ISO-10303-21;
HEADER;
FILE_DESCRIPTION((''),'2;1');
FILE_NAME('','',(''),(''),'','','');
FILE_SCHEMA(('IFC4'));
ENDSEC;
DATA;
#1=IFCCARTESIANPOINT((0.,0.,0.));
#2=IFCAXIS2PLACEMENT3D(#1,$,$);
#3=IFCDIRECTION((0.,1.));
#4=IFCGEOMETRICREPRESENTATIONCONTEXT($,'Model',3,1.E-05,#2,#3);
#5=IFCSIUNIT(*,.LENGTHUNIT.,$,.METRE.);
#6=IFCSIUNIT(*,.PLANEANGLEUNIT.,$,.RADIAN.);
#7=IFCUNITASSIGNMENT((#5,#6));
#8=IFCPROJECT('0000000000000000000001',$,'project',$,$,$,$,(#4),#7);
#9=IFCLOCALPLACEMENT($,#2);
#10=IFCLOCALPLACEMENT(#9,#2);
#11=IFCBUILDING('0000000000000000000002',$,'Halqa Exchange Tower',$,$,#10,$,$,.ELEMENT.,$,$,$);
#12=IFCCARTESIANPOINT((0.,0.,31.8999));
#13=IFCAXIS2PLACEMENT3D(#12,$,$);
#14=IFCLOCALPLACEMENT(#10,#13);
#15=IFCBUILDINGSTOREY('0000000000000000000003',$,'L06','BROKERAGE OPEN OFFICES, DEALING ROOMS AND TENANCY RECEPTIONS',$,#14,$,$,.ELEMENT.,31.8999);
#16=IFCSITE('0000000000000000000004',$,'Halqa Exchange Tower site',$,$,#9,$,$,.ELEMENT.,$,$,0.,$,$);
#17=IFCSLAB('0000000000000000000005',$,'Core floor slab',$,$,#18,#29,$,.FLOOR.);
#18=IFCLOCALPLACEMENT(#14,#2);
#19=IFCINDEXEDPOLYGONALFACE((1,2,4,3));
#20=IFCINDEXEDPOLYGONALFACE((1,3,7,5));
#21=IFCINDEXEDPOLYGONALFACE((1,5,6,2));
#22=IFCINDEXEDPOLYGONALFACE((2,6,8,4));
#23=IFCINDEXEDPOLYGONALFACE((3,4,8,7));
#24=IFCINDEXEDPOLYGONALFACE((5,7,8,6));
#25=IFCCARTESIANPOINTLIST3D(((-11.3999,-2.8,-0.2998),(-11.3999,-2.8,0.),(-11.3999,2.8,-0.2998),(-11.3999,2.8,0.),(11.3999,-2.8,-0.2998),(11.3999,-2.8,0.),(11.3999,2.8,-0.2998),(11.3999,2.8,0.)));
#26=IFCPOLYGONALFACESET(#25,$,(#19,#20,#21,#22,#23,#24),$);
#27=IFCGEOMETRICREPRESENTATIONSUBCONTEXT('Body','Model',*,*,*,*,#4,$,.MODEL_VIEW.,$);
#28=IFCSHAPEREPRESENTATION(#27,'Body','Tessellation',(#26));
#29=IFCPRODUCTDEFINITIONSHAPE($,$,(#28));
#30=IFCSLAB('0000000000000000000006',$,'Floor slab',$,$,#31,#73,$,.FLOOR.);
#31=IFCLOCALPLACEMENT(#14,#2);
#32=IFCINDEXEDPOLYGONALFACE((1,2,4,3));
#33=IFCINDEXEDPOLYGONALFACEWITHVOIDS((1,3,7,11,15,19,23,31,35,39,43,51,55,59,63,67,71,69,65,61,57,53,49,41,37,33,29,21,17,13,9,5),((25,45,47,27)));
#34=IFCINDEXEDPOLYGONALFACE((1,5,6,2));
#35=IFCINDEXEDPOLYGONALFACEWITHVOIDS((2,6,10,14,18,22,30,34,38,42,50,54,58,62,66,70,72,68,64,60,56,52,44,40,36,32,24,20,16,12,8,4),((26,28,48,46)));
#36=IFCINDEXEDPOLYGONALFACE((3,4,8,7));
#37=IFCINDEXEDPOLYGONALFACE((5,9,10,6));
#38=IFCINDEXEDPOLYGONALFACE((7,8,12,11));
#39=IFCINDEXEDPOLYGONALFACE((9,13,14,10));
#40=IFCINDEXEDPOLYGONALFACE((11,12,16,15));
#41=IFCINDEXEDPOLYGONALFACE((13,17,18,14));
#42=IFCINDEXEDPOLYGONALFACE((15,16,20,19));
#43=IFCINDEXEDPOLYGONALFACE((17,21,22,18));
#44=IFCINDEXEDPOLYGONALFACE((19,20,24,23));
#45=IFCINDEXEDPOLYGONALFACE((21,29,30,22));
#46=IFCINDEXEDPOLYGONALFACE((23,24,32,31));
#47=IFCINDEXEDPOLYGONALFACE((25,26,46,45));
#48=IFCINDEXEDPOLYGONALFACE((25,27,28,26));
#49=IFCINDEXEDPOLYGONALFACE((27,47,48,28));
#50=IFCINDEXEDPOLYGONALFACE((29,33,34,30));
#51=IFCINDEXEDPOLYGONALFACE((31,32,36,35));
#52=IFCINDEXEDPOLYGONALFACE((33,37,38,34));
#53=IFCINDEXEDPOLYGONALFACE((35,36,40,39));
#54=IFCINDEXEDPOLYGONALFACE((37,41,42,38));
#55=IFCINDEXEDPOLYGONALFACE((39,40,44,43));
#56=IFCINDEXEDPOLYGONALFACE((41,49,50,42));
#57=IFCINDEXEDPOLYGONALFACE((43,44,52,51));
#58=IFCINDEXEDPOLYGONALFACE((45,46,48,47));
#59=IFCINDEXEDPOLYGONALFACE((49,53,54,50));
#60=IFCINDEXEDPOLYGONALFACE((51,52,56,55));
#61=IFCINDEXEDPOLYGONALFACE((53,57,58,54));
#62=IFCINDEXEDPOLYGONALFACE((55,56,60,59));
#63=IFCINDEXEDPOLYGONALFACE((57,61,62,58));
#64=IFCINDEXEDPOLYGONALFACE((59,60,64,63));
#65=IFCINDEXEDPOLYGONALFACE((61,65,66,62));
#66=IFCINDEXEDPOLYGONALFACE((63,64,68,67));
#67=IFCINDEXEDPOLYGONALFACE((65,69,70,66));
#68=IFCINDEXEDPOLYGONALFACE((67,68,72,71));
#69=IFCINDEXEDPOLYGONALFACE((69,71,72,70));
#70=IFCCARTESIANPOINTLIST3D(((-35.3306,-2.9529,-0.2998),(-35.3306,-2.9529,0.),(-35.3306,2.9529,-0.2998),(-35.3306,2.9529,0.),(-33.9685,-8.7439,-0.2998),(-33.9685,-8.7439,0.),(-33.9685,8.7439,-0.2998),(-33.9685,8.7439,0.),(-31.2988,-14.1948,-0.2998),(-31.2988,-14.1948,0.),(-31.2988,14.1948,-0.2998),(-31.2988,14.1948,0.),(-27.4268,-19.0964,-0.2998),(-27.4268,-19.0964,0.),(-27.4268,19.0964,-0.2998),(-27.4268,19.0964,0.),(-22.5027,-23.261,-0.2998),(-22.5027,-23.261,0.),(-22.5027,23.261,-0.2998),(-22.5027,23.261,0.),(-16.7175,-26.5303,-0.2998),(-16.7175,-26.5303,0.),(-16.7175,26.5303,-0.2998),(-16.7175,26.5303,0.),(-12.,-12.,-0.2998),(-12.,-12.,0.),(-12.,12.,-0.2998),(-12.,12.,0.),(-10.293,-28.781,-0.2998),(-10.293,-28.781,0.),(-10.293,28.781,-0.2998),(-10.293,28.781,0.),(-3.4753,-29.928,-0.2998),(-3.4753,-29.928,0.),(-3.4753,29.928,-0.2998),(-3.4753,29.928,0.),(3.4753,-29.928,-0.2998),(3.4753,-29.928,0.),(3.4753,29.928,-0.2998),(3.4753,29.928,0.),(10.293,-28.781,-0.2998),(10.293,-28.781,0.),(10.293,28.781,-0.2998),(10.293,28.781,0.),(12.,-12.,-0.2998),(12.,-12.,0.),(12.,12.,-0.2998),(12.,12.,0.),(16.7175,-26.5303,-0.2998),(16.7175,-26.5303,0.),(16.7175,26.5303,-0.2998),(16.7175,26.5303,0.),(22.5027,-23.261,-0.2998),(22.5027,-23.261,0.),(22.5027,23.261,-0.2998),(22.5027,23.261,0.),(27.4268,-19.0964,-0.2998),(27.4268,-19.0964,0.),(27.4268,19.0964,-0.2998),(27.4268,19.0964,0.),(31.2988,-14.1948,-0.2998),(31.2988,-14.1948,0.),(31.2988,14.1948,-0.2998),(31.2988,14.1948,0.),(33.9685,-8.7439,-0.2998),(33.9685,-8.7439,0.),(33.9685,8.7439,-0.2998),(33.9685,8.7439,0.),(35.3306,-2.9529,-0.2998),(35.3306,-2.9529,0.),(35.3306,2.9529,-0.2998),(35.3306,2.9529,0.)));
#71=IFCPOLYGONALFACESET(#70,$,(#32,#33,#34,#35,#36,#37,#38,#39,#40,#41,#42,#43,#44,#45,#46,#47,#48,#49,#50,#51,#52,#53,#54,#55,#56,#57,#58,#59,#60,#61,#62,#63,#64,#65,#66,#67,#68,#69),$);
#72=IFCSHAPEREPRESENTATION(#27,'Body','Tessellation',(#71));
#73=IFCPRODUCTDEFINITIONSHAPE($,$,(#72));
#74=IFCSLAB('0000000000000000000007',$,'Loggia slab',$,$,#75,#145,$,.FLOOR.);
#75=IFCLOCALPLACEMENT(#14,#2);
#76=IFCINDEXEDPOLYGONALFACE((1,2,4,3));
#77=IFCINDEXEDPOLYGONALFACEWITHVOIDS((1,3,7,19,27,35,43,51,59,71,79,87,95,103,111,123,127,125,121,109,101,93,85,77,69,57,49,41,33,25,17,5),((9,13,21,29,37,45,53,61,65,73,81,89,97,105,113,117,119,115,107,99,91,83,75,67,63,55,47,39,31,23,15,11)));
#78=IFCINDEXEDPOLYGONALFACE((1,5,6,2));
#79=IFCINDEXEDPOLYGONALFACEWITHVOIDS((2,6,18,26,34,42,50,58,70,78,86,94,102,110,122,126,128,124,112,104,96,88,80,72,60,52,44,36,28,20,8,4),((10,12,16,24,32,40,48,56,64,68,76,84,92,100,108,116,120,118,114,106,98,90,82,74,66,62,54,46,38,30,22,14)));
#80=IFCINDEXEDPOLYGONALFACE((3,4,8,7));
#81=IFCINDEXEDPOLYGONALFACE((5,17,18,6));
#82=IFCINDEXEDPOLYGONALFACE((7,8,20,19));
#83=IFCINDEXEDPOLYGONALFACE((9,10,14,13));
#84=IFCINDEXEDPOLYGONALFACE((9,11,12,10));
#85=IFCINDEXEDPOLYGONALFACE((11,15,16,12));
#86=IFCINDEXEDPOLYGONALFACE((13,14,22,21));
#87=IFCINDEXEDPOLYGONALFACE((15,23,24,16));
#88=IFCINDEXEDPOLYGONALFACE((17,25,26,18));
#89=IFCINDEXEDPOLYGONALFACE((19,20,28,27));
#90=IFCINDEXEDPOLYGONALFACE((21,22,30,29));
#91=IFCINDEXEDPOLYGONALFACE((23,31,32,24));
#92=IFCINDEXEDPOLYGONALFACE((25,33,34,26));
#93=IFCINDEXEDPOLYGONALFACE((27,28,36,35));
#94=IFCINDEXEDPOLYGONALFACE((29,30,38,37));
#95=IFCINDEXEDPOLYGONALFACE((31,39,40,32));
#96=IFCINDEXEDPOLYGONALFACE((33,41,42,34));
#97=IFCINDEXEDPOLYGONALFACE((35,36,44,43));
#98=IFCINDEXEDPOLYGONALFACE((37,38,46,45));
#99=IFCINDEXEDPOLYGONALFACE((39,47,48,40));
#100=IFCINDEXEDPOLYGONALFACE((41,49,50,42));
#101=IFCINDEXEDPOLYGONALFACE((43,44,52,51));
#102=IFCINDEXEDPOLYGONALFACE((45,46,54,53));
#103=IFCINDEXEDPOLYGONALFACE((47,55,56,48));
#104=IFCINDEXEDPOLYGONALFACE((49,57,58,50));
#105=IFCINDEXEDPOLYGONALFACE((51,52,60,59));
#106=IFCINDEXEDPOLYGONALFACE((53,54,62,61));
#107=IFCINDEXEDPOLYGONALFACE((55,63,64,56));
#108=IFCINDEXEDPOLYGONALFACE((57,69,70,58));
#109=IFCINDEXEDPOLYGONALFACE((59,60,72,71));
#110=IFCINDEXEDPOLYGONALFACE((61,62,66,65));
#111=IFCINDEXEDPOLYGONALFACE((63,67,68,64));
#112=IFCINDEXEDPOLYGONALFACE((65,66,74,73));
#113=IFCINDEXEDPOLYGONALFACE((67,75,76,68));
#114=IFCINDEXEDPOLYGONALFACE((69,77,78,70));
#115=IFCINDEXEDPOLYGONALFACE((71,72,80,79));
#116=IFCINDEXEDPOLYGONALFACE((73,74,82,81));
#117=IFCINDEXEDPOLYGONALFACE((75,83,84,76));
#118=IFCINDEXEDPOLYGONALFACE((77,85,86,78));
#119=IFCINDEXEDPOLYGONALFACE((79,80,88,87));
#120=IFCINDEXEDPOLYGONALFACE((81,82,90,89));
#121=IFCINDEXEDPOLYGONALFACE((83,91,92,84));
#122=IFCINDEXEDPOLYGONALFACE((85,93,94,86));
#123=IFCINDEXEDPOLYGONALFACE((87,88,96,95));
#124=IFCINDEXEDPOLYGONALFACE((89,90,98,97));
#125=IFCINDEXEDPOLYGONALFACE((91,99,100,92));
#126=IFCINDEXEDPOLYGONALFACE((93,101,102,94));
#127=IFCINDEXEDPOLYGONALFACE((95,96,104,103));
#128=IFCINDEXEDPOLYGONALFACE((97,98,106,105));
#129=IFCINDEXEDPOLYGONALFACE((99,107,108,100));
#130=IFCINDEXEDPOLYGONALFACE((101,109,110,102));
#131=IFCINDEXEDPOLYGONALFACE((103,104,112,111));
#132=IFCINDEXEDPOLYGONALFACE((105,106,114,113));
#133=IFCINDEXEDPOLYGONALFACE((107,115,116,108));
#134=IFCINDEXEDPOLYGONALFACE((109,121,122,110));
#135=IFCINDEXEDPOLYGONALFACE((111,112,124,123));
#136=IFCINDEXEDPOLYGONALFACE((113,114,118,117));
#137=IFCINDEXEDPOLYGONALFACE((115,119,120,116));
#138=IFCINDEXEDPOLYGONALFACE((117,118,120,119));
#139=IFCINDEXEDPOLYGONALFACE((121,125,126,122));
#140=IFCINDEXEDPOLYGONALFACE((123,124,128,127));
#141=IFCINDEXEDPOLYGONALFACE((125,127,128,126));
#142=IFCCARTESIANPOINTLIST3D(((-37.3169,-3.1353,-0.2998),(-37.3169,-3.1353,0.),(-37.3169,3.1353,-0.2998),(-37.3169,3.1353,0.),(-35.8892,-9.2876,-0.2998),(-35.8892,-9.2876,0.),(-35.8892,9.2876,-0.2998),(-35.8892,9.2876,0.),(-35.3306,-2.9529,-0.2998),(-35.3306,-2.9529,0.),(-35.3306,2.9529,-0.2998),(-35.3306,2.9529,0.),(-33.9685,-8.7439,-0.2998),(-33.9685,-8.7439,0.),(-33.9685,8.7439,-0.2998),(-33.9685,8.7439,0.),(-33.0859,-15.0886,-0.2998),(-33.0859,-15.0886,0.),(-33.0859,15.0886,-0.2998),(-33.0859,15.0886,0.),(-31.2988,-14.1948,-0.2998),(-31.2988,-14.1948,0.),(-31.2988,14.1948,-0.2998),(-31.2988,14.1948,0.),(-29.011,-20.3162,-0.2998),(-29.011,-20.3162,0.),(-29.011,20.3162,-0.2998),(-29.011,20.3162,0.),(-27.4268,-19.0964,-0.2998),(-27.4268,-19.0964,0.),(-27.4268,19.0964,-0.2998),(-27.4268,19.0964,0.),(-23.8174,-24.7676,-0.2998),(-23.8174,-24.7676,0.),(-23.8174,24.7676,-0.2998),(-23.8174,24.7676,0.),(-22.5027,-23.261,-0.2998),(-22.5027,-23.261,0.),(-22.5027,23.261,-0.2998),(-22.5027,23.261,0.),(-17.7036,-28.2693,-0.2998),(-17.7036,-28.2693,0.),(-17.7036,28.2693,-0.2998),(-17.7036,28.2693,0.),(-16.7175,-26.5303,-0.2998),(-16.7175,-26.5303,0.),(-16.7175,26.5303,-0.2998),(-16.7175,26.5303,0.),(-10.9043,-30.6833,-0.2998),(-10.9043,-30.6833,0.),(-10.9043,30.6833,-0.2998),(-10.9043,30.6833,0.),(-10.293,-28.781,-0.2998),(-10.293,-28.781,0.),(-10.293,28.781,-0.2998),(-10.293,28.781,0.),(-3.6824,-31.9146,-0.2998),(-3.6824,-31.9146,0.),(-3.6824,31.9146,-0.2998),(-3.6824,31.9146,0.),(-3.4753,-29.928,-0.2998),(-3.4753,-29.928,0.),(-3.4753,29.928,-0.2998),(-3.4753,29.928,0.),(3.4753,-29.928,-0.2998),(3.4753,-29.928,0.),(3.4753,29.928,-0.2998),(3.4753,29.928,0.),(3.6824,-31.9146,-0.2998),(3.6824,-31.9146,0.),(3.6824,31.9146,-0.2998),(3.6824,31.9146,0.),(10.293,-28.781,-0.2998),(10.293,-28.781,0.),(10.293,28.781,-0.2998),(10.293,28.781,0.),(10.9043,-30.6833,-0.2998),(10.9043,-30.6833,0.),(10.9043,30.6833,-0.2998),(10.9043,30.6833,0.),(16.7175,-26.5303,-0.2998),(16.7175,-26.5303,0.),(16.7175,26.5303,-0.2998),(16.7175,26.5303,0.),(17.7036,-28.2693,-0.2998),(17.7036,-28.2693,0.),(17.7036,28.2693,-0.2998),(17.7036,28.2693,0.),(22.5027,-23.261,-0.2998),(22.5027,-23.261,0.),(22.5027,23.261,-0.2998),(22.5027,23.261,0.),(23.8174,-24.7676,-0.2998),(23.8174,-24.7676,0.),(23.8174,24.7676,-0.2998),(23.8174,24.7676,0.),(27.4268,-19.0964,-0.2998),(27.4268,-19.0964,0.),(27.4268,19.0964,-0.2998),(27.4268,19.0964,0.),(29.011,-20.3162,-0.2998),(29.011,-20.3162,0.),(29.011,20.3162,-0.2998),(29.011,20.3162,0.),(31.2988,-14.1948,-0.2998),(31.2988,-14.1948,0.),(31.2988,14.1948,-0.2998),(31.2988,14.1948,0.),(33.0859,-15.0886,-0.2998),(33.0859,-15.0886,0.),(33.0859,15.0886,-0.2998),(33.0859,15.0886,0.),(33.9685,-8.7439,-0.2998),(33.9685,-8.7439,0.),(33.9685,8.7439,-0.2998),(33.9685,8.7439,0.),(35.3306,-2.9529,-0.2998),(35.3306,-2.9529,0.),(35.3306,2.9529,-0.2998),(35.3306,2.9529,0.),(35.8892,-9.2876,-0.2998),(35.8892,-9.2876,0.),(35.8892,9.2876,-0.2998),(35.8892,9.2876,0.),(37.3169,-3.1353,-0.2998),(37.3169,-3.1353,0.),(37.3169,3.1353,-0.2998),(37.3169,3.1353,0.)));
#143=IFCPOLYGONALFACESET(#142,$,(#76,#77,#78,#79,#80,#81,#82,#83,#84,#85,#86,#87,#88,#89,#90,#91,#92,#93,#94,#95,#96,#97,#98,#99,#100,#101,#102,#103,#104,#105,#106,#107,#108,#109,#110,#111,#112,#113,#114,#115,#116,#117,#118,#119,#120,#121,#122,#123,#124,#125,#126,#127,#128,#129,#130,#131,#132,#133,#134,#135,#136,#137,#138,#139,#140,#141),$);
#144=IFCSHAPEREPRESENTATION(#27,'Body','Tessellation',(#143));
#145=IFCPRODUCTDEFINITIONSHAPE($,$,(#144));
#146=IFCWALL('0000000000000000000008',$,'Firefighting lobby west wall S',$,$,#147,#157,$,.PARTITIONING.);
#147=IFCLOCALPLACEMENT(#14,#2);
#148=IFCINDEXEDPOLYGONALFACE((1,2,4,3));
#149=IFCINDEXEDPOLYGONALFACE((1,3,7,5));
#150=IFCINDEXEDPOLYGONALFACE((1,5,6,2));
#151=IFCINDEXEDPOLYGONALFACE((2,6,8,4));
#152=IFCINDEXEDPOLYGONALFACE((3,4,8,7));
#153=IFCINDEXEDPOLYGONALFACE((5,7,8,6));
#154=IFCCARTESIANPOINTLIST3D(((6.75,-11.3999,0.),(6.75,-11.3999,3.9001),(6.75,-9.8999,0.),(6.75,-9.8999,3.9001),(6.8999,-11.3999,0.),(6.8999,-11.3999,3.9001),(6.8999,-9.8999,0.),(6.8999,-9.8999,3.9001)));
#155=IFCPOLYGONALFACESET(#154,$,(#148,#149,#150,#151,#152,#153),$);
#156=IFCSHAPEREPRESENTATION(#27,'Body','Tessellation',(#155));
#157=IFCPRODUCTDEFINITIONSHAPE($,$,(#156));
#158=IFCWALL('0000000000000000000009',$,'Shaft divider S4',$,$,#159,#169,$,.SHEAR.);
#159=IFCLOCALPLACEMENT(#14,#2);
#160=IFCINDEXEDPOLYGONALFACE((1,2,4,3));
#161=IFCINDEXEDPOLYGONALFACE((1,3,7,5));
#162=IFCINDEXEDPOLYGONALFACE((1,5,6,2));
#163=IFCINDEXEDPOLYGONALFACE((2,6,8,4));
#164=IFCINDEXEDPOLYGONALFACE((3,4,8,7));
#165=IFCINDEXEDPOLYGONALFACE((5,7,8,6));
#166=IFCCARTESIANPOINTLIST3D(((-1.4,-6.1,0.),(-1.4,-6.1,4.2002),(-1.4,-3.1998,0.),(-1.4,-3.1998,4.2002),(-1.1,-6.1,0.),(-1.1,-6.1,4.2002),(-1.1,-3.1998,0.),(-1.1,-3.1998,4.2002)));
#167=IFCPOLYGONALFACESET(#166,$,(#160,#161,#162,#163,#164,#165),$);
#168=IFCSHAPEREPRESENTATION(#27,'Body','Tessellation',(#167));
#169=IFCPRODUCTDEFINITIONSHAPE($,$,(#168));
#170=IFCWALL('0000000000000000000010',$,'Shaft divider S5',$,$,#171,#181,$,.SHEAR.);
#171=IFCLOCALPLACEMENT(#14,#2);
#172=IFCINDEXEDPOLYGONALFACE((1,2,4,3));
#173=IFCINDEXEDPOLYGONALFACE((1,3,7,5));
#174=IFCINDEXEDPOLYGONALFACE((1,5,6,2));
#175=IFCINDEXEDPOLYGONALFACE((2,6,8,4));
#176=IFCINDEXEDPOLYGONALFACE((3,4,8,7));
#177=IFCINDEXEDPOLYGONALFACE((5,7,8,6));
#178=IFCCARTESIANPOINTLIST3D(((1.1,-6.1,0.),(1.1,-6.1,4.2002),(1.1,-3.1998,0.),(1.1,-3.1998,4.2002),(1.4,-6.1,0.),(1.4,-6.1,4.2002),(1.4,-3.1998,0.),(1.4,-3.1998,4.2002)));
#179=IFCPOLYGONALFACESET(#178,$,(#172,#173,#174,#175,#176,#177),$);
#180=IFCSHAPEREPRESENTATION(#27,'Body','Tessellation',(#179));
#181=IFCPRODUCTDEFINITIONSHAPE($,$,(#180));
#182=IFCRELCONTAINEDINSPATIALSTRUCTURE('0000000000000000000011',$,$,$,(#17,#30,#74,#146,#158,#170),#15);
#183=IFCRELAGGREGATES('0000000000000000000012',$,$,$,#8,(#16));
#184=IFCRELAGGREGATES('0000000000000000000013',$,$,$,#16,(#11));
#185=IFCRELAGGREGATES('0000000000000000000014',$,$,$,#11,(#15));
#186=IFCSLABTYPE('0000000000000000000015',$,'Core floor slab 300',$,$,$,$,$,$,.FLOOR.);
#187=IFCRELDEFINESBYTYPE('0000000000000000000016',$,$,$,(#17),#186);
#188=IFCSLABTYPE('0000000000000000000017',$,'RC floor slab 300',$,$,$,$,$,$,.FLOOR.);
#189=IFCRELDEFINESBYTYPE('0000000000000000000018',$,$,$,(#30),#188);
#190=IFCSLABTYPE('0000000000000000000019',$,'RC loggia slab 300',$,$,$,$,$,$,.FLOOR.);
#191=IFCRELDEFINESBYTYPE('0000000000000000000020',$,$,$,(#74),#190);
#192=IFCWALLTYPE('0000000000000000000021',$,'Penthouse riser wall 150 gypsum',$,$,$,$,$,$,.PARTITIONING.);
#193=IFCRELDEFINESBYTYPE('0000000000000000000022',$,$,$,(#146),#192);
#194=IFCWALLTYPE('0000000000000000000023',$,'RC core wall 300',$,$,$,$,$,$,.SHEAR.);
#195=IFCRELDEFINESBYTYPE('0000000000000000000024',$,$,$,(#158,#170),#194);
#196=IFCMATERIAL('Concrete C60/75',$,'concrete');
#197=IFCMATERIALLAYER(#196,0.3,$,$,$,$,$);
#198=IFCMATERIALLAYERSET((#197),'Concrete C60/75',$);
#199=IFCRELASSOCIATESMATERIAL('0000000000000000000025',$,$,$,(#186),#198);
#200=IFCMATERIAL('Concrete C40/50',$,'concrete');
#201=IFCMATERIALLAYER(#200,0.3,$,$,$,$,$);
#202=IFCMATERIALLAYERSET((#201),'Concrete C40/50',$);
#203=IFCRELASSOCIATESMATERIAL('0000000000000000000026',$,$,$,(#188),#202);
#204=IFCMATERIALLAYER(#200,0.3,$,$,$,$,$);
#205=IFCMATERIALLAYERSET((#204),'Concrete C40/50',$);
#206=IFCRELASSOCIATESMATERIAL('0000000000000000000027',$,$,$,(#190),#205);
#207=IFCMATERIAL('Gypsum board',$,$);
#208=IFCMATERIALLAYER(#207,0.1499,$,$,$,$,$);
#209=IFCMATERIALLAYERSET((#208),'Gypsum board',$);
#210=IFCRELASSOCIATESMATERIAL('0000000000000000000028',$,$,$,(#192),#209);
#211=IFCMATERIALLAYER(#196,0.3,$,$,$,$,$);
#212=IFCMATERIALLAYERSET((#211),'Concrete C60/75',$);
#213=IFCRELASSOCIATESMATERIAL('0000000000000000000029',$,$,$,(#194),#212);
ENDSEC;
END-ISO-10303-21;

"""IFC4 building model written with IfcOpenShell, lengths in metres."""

from ifc_helpers import new_model, si_unit, direction, frame, frame_2d, origin, place, context, subcontext, project, spatial, polyline, rectangle, outline, extrude, material, layer, layer_set, type_object, element, save


model = new_model("IFC4")

# Units and contexts
model_context = context("Model", 3, precision=1e-05, world=origin(), true_north=direction((0.0, 1.0)))
body_context = subcontext(model_context, "Body", "Model", "MODEL_VIEW")
ifc_project = project(units=[si_unit("LENGTHUNIT", "METRE"), si_unit("PLANEANGLEUNIT", "RADIAN")], contexts=[model_context])

# Site, building, storey
site_placement = place(None, origin())
site = spatial("IfcSite", under=ifc_project, at=site_placement, Name="Halqa Exchange Tower site", CompositionType="ELEMENT", RefElevation=0.0)
building_placement = place(site_placement, origin())
building = spatial("IfcBuilding", under=site, at=building_placement, Name="Halqa Exchange Tower", CompositionType="ELEMENT")
storey_placement = place(building_placement, frame((0.0, 0.0, 31.8999)))
storey = spatial("IfcBuildingStorey", under=building, at=storey_placement, Name="L06", Description="BROKERAGE OPEN OFFICES, DEALING ROOMS AND TENANCY RECEPTIONS", CompositionType="ELEMENT", Elevation=31.8999)

# Slabs
ifc_material_1 = material(Name="Concrete C60/75", Category="concrete")
ifc_layer_1 = layer(ifc_material_1, 0.3)
ifc_layer_set_1 = layer_set([ifc_layer_1], Name="Concrete C60/75")
slab_type_1 = type_object("IfcSlabType", Name="Core floor slab 300", PredefinedType="FLOOR", material=ifc_layer_set_1)
slab_1_placement = place(storey_placement, frame((0.0, 0.0, -0.2998)))
element("IfcSlab", 1, at=slab_1_placement, inside=storey, type_object=slab_type_1, Name="Core floor slab", PredefinedType="FLOOR", context=body_context, shape_type="SweptSolid", body=[
    extrude(outline(polyline([(-11.3999, 2.8), (11.3999, 2.8), (11.3999, -2.8), (-11.3999, -2.8), (-11.3999, 2.8)])), origin(), (0.0, 0.0, 1.0), 0.2998),
])
ifc_material_2 = material(Name="Concrete C40/50", Category="concrete")
ifc_layer_2 = layer(ifc_material_2, 0.3)
ifc_layer_set_2 = layer_set([ifc_layer_2], Name="Concrete C40/50")
slab_type_2 = type_object("IfcSlabType", Name="RC floor slab 300", PredefinedType="FLOOR", material=ifc_layer_set_2)
slab_2_placement = place(storey_placement, frame((0.0, 0.0, -0.2998)))
element("IfcSlab", 2, at=slab_2_placement, inside=storey, type_object=slab_type_2, Name="Floor slab", PredefinedType="FLOOR", context=body_context, shape_type="SweptSolid", body=[
    extrude(outline(polyline([(35.3306, 2.9529), (33.9685, 8.7439), (31.2988, 14.1948), (27.4268, 19.0964), (22.5027, 23.261), (16.7175, 26.5303), (10.293, 28.781), (3.4753, 29.928), (-3.4753, 29.928), (-10.293, 28.781), (-16.7175, 26.5303), (-22.5027, 23.261), (-27.4268, 19.0964), (-31.2988, 14.1948), (-33.9685, 8.7439), (-35.3306, 2.9529), (-35.3306, -2.9529), (-33.9685, -8.7439), (-31.2988, -14.1948), (-27.4268, -19.0964), (-22.5027, -23.261), (-16.7175, -26.5303), (-10.293, -28.781), (-3.4753, -29.928), (3.4753, -29.928), (10.293, -28.781), (16.7175, -26.5303), (22.5027, -23.261), (27.4268, -19.0964), (31.2988, -14.1948), (33.9685, -8.7439), (35.3306, -2.9529), (35.3306, 2.9529)]), holes=[polyline([(-12.0, -12.0), (12.0, -12.0), (12.0, 12.0), (-12.0, 12.0), (-12.0, -12.0)])]), origin(), (0.0, 0.0, 1.0), 0.2998),
])
ifc_layer_3 = layer(ifc_material_2, 0.3)
ifc_layer_set_3 = layer_set([ifc_layer_3], Name="Concrete C40/50")
slab_type_3 = type_object("IfcSlabType", Name="RC loggia slab 300", PredefinedType="FLOOR", material=ifc_layer_set_3)
slab_3_placement = place(storey_placement, frame((0.0, 0.0, -0.2998)))
element("IfcSlab", 3, at=slab_3_placement, inside=storey, type_object=slab_type_3, Name="Loggia slab", PredefinedType="FLOOR", context=body_context, shape_type="SweptSolid", body=[
    extrude(outline(polyline([(37.3169, 3.1353), (37.3169, -3.1353), (35.8892, -9.2876), (33.0859, -15.0886), (29.011, -20.3162), (23.8174, -24.7676), (17.7036, -28.2693), (10.9043, -30.6833), (3.6824, -31.9146), (-3.6824, -31.9146), (-10.9043, -30.6833), (-17.7036, -28.2693), (-23.8174, -24.7676), (-29.011, -20.3162), (-33.0859, -15.0886), (-35.8892, -9.2876), (-37.3169, -3.1353), (-37.3169, 3.1353), (-35.8892, 9.2876), (-33.0859, 15.0886), (-29.011, 20.3162), (-23.8174, 24.7676), (-17.7036, 28.2693), (-10.9043, 30.6833), (-3.6824, 31.9146), (3.6824, 31.9146), (10.9043, 30.6833), (17.7036, 28.2693), (23.8174, 24.7676), (29.011, 20.3162), (33.0859, 15.0886), (35.8892, 9.2876), (37.3169, 3.1353)]), holes=[polyline([(35.3306, 2.9529), (33.9685, 8.7439), (31.2988, 14.1948), (27.4268, 19.0964), (22.5027, 23.261), (16.7175, 26.5303), (10.293, 28.781), (3.4753, 29.928), (-3.4753, 29.928), (-10.293, 28.781), (-16.7175, 26.5303), (-22.5027, 23.261), (-27.4268, 19.0964), (-31.2988, 14.1948), (-33.9685, 8.7439), (-35.3306, 2.9529), (-35.3306, -2.9529), (-33.9685, -8.7439), (-31.2988, -14.1948), (-27.4268, -19.0964), (-22.5027, -23.261), (-16.7175, -26.5303), (-10.293, -28.781), (-3.4753, -29.928), (3.4753, -29.928), (10.293, -28.781), (16.7175, -26.5303), (22.5027, -23.261), (27.4268, -19.0964), (31.2988, -14.1948), (33.9685, -8.7439), (35.3306, -2.9529), (35.3306, 2.9529)])]), origin(), (0.0, 0.0, 1.0), 0.2998),
])

# Walls
ifc_material_3 = material(Name="Gypsum board")
ifc_layer_4 = layer(ifc_material_3, 0.1499)
ifc_layer_set_4 = layer_set([ifc_layer_4], Name="Gypsum board")
wall_type_1 = type_object("IfcWallType", Name="Penthouse riser wall 150 gypsum", PredefinedType="PARTITIONING", material=ifc_layer_set_4)
wall_1_placement = place(storey_placement, frame((6.825, -11.3999, 0.0), z_axis=(0.0, 0.0, 1.0), x_axis=(0.0, 1.0, 0.0)))
element("IfcWall", 4, at=wall_1_placement, inside=storey, type_object=wall_type_1, Name="Firefighting lobby west wall S", PredefinedType="PARTITIONING", context=body_context, shape_type="SweptSolid", body=[
    extrude(rectangle(XDim=1.5, YDim=0.1499, at=frame_2d((0.75, 0.0))), origin(), (0.0, 0.0, 1.0), 3.9001),
])
ifc_layer_5 = layer(ifc_material_1, 0.3)
ifc_layer_set_5 = layer_set([ifc_layer_5], Name="Concrete C60/75")
wall_type_2 = type_object("IfcWallType", Name="RC core wall 300", PredefinedType="SHEAR", material=ifc_layer_set_5)
for number, where, z_axis, x_axis, name in (
    (5, (-1.25, -6.1001, 0.0), (0.0, 0.0, 1.0), (0.0, 1.0, 0.0), "Shaft divider S4"),
    (6, (1.25, -6.1001, 0.0), (0.0, 0.0, 1.0), (0.0, 1.0, 0.0), "Shaft divider S5"),
):
    element("IfcWall", number, at=place(storey_placement, frame(where, z_axis=z_axis, x_axis=x_axis)), inside=storey, type_object=wall_type_2, Name=name, PredefinedType="SHEAR", context=body_context, shape_type="SweptSolid", body=[
        extrude(rectangle(XDim=2.9001, YDim=0.3, at=frame_2d((1.4502, 0.0))), origin(), (0.0, 0.0, 1.0), 4.2002),
    ])

save(model, "model.ifc")
